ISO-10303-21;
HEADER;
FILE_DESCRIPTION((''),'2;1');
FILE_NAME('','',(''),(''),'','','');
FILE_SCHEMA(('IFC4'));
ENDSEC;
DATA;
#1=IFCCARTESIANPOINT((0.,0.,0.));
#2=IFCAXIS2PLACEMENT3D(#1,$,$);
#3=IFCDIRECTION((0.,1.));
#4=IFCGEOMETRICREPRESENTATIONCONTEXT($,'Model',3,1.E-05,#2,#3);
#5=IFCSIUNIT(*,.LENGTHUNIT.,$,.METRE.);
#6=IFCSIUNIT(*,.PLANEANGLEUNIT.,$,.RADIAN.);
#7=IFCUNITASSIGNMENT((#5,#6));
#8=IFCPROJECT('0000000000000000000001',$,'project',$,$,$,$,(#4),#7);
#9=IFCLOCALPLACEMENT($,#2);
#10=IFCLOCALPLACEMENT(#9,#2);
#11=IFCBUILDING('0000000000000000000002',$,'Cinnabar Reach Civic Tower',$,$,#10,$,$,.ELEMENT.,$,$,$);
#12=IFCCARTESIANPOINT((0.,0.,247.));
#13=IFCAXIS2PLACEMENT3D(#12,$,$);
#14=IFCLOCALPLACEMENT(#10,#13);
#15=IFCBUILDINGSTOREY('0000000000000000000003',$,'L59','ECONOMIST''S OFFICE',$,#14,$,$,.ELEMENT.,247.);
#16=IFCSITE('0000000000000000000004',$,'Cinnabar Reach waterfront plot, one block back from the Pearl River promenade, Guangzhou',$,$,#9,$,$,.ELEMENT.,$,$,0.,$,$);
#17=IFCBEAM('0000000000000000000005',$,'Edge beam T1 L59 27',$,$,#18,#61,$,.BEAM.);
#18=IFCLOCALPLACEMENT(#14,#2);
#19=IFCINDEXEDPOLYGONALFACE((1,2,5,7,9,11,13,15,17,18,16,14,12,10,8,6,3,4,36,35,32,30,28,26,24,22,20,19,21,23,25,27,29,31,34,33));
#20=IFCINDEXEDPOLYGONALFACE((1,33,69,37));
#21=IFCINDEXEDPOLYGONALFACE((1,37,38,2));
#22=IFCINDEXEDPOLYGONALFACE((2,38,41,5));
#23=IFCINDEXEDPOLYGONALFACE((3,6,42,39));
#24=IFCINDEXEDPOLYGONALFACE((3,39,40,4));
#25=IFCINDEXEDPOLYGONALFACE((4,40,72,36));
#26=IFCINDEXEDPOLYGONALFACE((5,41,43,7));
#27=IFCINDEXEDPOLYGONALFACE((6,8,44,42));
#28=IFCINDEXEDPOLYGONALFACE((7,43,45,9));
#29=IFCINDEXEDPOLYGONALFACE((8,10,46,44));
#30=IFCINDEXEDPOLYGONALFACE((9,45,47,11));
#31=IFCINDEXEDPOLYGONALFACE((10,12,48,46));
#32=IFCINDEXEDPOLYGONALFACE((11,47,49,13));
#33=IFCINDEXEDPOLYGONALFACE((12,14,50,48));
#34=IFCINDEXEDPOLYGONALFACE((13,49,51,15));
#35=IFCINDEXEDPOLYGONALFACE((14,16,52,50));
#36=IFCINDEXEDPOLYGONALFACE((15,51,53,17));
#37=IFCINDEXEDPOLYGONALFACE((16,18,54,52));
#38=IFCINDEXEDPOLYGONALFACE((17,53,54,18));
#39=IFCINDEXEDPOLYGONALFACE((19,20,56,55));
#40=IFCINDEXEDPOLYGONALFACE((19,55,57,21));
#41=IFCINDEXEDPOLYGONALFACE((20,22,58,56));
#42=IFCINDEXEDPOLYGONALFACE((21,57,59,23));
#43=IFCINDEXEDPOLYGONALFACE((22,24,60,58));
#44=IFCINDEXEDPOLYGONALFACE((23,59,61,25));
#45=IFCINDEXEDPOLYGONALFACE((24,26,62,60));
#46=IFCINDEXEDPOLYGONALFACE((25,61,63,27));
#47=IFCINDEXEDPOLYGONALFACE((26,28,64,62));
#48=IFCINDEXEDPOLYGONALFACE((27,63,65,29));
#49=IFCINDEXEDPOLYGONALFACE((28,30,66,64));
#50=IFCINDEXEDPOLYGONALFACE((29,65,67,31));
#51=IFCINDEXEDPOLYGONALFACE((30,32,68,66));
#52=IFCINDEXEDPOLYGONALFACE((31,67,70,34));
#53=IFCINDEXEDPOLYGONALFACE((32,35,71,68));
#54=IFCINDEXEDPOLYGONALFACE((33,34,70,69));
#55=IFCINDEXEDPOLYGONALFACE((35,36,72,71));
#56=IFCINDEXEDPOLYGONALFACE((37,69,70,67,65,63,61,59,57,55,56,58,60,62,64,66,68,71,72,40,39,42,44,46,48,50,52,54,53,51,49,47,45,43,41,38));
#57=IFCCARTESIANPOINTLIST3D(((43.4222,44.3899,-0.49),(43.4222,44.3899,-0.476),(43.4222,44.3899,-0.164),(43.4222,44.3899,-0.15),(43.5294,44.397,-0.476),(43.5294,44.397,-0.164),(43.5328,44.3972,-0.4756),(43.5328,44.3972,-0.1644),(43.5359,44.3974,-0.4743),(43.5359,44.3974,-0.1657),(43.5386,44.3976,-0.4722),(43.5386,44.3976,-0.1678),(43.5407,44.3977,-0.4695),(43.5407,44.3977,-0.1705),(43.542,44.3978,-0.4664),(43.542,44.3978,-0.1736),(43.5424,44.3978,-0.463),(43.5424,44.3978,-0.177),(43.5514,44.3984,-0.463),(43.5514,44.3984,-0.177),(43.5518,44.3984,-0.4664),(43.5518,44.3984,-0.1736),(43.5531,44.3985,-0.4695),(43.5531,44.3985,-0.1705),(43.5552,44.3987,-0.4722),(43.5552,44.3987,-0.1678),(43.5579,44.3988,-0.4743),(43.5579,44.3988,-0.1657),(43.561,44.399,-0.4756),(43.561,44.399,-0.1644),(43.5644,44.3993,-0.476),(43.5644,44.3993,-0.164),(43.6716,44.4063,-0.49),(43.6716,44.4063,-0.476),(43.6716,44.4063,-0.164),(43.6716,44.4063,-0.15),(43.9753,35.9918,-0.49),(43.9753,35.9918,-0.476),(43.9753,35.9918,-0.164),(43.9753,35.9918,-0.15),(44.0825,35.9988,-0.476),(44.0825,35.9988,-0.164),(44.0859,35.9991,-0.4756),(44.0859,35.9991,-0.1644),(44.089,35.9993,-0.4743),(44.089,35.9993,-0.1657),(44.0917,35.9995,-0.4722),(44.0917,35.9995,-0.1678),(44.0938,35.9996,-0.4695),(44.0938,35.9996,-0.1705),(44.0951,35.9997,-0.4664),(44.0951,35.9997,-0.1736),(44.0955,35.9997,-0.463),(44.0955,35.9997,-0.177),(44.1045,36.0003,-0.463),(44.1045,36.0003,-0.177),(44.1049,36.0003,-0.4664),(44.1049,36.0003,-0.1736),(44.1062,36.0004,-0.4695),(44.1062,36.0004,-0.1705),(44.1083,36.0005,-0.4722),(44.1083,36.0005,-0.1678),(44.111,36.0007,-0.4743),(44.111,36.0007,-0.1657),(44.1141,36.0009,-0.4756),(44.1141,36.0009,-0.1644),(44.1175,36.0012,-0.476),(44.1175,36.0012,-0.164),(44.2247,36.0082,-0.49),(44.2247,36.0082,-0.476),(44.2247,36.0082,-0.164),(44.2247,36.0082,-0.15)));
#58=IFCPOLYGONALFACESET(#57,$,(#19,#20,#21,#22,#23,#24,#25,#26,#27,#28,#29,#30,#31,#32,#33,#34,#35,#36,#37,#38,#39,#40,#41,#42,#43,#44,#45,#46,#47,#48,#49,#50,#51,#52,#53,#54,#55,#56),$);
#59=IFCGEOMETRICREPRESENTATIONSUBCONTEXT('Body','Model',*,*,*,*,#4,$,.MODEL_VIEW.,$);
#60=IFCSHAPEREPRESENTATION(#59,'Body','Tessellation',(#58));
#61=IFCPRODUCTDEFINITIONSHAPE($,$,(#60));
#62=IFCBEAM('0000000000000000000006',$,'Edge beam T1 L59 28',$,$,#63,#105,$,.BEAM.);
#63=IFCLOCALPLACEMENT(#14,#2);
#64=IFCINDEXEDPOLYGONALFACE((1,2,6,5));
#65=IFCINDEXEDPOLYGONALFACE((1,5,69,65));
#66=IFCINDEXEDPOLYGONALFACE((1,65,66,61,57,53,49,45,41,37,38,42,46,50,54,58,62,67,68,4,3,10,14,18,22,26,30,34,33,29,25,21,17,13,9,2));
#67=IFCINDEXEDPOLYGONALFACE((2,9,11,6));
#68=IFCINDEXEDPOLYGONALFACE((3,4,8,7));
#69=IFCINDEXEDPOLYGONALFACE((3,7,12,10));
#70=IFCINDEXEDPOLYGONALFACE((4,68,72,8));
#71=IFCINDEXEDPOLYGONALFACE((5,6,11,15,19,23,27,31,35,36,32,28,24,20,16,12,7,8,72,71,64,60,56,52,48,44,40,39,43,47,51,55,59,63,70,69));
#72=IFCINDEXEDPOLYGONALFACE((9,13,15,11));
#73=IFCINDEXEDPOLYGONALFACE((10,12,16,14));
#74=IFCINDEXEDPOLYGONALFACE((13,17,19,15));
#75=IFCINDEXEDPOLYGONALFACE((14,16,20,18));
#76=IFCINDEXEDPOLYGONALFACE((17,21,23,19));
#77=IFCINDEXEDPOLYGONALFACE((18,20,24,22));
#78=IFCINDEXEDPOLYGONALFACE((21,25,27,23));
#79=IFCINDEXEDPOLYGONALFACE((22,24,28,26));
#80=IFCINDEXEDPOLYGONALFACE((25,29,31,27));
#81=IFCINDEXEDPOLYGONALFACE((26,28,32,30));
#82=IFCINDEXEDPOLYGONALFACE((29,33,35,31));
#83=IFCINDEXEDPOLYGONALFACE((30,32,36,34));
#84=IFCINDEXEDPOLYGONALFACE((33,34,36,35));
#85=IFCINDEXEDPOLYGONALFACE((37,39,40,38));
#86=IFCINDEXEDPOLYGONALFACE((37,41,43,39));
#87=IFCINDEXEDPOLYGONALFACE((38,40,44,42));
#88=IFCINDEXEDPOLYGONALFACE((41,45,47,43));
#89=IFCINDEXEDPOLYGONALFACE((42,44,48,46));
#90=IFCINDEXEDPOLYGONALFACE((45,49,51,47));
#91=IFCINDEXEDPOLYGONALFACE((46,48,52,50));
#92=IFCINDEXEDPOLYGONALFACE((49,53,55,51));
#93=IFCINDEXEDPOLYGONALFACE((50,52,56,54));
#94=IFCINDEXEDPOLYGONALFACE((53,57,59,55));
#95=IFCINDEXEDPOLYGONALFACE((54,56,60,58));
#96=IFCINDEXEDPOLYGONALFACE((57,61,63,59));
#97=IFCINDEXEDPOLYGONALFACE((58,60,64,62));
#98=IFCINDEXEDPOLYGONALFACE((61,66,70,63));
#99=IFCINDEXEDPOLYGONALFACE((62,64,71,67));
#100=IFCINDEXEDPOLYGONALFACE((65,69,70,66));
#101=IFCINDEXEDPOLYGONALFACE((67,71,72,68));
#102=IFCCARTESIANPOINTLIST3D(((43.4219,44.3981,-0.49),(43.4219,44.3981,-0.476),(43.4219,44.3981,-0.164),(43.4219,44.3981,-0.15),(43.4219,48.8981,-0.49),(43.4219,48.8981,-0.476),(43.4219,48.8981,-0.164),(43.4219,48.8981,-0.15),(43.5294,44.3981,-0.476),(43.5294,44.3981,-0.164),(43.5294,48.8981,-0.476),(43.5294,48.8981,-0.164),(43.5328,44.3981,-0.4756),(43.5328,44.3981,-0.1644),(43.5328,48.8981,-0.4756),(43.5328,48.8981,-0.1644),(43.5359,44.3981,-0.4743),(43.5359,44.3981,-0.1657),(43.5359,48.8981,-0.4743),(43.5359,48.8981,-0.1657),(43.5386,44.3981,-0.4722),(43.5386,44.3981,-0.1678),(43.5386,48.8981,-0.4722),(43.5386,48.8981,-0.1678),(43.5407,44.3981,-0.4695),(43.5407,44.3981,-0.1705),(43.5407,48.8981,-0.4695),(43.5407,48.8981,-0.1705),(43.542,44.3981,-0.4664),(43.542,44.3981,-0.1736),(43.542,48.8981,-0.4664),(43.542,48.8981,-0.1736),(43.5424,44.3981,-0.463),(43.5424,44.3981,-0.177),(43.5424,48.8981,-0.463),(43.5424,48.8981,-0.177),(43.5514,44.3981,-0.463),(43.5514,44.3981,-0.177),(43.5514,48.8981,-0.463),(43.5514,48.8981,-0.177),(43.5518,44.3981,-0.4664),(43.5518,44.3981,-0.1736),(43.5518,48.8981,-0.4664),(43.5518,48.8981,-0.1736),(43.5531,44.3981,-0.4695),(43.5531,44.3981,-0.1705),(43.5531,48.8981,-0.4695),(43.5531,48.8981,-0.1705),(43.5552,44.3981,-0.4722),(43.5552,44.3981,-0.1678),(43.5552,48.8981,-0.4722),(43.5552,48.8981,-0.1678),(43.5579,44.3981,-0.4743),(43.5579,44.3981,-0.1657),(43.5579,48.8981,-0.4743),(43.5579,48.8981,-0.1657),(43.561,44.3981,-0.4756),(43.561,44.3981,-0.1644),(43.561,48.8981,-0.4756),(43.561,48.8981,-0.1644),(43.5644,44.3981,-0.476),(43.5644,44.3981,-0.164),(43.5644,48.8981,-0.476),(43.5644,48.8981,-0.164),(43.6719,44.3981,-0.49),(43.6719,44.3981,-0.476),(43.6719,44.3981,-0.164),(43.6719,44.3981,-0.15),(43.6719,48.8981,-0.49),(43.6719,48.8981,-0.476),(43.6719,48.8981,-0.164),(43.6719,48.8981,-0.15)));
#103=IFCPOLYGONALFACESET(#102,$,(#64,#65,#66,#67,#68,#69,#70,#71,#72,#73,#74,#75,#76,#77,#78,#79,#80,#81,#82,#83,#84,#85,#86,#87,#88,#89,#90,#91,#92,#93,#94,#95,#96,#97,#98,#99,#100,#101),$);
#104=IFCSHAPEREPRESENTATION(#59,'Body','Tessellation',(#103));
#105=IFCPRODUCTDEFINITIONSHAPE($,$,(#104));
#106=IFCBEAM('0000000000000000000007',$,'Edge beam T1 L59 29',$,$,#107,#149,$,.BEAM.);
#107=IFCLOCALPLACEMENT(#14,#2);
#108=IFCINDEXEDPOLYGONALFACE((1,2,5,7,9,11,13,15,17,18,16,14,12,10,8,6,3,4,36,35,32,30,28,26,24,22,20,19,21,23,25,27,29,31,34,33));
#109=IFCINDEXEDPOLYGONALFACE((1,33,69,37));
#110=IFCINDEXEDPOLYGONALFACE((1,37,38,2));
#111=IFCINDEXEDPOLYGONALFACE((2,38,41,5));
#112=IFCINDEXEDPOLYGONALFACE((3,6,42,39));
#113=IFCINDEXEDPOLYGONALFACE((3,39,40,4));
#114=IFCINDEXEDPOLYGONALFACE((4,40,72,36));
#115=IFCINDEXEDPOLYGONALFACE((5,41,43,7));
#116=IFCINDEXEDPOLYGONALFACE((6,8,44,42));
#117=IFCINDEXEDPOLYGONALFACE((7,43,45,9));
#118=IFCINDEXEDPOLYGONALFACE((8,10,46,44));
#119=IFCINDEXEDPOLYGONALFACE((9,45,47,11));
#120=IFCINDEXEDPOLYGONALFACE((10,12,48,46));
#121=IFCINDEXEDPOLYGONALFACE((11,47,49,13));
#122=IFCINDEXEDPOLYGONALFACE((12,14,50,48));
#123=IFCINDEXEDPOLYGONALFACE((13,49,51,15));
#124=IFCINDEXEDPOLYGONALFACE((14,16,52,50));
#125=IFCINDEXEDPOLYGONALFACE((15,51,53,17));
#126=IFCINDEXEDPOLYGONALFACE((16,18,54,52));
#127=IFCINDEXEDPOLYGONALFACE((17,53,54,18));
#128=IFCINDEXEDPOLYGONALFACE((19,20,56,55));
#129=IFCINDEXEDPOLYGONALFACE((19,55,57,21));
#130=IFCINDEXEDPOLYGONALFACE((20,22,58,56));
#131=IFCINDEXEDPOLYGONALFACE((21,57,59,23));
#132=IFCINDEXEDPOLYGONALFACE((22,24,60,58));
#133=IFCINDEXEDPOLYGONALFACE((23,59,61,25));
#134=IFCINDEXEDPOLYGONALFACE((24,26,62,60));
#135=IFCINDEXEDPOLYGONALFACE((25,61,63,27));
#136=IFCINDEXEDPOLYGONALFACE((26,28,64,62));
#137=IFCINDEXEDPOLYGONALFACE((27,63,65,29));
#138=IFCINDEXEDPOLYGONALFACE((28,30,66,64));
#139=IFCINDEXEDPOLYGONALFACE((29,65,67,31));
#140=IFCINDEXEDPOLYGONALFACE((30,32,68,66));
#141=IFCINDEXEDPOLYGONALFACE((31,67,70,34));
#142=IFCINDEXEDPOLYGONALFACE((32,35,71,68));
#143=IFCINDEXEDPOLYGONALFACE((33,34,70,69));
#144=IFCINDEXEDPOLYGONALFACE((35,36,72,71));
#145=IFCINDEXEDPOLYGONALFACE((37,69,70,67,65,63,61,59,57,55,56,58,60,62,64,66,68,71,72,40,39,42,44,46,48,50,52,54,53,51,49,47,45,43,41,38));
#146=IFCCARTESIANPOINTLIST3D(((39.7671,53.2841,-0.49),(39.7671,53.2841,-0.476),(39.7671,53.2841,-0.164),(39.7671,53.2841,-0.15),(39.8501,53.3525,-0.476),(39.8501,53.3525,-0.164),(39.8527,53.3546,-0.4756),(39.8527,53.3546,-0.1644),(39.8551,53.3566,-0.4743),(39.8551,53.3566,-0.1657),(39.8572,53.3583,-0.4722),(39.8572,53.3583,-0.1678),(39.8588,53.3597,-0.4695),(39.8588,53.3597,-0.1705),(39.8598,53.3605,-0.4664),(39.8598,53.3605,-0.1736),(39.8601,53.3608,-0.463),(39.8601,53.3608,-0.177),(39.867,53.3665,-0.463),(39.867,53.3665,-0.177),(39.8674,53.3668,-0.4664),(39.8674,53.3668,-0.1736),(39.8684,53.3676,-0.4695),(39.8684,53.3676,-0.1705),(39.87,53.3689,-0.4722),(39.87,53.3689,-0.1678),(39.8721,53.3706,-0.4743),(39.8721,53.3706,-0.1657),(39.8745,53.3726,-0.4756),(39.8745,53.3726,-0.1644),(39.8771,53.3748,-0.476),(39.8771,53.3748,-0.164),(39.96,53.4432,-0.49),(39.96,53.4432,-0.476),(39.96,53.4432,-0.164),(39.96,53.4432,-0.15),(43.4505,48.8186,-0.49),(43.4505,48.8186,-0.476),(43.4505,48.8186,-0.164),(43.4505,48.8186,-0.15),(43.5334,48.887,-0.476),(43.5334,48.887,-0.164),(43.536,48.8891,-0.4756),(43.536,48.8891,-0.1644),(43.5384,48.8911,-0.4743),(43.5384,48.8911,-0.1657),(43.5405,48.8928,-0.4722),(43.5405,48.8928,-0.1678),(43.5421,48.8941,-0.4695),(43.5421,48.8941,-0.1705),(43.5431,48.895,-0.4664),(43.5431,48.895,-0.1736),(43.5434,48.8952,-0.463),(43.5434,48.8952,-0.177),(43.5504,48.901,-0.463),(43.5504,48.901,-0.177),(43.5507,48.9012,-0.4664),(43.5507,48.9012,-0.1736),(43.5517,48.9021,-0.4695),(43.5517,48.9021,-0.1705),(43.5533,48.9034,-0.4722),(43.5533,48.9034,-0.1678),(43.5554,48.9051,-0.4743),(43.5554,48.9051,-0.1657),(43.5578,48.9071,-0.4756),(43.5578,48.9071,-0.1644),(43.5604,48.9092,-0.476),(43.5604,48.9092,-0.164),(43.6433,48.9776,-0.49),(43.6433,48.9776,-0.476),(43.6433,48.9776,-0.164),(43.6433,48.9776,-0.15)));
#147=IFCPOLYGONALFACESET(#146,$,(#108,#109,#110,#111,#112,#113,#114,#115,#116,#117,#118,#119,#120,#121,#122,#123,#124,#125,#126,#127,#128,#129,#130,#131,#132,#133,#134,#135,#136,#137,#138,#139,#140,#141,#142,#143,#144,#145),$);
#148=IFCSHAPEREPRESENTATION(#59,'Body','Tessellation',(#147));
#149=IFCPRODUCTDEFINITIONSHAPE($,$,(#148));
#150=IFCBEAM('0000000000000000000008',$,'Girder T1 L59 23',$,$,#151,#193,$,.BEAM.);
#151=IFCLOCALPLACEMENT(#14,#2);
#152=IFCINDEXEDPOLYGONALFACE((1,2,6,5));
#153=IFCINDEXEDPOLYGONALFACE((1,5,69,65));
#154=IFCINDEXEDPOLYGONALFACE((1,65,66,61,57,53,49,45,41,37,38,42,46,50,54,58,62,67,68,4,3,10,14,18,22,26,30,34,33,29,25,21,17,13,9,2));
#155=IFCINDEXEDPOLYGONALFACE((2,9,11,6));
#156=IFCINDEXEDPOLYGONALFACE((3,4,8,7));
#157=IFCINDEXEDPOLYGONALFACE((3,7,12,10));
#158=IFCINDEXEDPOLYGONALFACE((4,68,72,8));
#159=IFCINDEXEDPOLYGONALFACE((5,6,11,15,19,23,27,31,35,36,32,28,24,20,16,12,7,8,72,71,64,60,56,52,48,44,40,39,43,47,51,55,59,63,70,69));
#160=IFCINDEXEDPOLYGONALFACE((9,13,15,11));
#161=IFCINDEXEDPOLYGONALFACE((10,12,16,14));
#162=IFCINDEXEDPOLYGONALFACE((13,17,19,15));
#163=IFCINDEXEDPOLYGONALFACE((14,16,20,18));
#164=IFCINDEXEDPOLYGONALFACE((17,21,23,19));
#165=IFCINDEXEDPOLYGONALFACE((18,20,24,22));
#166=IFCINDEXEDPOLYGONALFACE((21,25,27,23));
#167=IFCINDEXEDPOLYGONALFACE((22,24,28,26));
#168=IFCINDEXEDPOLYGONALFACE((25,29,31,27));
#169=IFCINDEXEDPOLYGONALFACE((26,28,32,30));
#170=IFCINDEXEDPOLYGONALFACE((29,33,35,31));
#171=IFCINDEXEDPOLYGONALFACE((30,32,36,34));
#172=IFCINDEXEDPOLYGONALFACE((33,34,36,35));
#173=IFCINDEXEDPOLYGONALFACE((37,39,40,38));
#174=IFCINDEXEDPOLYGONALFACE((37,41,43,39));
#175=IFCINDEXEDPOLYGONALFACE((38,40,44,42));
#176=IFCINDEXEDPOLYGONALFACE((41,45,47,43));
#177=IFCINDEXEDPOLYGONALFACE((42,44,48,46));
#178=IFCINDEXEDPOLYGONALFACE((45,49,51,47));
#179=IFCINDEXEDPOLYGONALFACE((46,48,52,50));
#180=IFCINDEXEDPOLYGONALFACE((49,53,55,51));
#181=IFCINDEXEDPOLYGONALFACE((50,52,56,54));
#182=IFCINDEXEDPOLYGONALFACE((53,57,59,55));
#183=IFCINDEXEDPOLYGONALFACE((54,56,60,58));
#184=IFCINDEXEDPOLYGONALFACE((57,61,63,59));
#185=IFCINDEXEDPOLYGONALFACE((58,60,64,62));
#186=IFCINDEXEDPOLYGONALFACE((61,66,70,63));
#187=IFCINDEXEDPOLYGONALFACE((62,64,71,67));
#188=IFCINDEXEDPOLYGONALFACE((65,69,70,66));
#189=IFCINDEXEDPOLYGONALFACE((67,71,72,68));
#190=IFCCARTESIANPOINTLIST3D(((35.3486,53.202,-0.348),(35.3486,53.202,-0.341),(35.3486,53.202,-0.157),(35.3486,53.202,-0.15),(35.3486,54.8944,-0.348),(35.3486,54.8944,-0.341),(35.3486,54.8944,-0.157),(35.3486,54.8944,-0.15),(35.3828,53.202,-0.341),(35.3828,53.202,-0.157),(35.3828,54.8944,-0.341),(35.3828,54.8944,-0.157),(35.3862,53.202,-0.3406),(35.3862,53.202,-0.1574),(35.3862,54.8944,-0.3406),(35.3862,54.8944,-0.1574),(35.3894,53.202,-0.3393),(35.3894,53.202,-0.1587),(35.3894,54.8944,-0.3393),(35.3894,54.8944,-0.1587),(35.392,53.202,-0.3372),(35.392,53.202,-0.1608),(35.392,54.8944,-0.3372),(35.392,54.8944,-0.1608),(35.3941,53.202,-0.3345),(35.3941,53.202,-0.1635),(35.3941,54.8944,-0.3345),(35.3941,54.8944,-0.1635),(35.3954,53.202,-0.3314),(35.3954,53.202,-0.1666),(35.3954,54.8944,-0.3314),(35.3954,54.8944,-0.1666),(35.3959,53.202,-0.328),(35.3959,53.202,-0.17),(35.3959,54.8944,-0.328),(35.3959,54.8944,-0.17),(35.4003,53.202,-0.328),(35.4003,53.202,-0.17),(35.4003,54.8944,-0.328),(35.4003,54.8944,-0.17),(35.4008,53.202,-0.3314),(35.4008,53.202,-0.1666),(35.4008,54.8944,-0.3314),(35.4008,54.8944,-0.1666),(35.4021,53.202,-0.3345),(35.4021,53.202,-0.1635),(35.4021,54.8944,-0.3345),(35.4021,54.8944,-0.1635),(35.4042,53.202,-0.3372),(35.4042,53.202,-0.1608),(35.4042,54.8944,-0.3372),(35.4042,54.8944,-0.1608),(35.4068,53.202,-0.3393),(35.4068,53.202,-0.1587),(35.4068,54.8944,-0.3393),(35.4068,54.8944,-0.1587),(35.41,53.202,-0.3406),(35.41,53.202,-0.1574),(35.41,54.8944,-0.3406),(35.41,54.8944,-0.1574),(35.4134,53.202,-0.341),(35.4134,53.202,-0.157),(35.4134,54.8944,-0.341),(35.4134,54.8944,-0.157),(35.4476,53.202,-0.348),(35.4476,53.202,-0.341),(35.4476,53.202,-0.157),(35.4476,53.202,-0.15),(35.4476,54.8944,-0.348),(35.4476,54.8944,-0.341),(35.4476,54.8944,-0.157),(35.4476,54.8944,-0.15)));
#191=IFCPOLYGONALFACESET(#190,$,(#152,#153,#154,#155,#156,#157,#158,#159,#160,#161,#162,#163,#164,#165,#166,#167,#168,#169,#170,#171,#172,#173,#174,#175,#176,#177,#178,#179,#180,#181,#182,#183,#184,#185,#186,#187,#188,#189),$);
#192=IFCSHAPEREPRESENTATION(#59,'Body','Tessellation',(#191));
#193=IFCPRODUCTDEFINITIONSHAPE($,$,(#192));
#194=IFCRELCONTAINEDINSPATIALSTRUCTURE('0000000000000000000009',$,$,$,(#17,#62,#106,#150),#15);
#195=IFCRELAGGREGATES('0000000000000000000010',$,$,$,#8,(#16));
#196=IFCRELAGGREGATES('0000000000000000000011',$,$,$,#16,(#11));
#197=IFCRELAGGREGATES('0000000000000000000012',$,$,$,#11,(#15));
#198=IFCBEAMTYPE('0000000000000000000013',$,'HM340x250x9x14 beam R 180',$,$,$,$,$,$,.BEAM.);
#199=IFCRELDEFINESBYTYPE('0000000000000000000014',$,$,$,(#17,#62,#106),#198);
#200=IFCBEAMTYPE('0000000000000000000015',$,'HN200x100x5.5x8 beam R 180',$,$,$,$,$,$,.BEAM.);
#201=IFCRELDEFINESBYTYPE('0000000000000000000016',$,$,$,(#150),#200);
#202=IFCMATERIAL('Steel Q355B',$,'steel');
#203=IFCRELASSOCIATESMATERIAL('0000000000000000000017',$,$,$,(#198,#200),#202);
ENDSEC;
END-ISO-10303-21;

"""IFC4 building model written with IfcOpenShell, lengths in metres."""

from ifc_helpers import new_model, si_unit, direction, frame, origin, origin_2d, place, context, subcontext, project, spatial, i_section, extrude, material, material_profile, profile_set, type_object, element, save


model = new_model("IFC4")

# Units and contexts
model_context = context("Model", 3, precision=1e-05, world=origin(), true_north=direction((0.0, 1.0)))
body_context = subcontext(model_context, "Body", "Model", "MODEL_VIEW")
ifc_project = project(units=[si_unit("LENGTHUNIT", "METRE"), si_unit("PLANEANGLEUNIT", "RADIAN")], contexts=[model_context])

# Site, building, storey
site_placement = place(None, origin())
site = spatial("IfcSite", under=ifc_project, at=site_placement, Name="Cinnabar Reach waterfront plot, one block back from the Pearl River promenade, Guangzhou", CompositionType="ELEMENT", RefElevation=0.0)
building_placement = place(site_placement, origin())
building = spatial("IfcBuilding", under=site, at=building_placement, Name="Cinnabar Reach Civic Tower", CompositionType="ELEMENT")
storey_placement = place(building_placement, frame((0.0, 0.0, 247.0)))
storey = spatial("IfcBuildingStorey", under=building, at=storey_placement, Name="L59", Description="ECONOMIST'S OFFICE", CompositionType="ELEMENT", Elevation=247.0)

# Beams
ifc_material_1 = material(Name="Steel Q355B", Category="steel")
ifc_material_profile_1 = material_profile(ifc_material_1, i_section(OverallWidth=0.25, OverallDepth=0.34, WebThickness=0.009, FlangeThickness=0.014, FilletRadius=0.013, at=origin_2d()), Name="HM340x250x9x14")
ifc_profile_set_1 = profile_set([ifc_material_profile_1], Name="Steel Q355B")
beam_type_1 = type_object("IfcBeamType", Name="HM340x250x9x14 beam R 180", PredefinedType="BEAM", material=ifc_profile_set_1)
beam_1_placement = place(storey_placement, frame((44.1, 36.0, -0.32), z_axis=(-0.065718, 0.997838, 0.0), x_axis=(-0.997838, -0.065718, 0.0)))
element("IfcBeam", 1, at=beam_1_placement, inside=storey, type_object=beam_type_1, Name="Edge beam T1 L59 27", PredefinedType="BEAM", context=body_context, shape_type="SweptSolid", body=[
    extrude(i_section(OverallWidth=0.25, OverallDepth=0.34, WebThickness=0.009, FlangeThickness=0.014, FilletRadius=0.013, at=origin_2d()), origin(), (0.0, 0.0, 1.0), 8.4163),
])
beam_2_placement = place(storey_placement, frame((43.5469, 44.3981, -0.32), z_axis=(0.0, 1.0, 0.0), x_axis=(-1.0, 0.0, 0.0)))
element("IfcBeam", 2, at=beam_2_placement, inside=storey, type_object=beam_type_1, Name="Edge beam T1 L59 28", PredefinedType="BEAM", context=body_context, shape_type="SweptSolid", body=[
    extrude(i_section(OverallWidth=0.25, OverallDepth=0.34, WebThickness=0.009, FlangeThickness=0.014, FilletRadius=0.013, at=origin_2d()), origin(), (0.0, 0.0, 1.0), 4.5),
])
beam_3_placement = place(storey_placement, frame((43.5469, 48.8981, -0.32), z_axis=(-0.636307, 0.771436, 0.0), x_axis=(-0.771436, -0.636307, 0.0)))
element("IfcBeam", 3, at=beam_3_placement, inside=storey, type_object=beam_type_1, Name="Edge beam T1 L59 29", PredefinedType="BEAM", context=body_context, shape_type="SweptSolid", body=[
    extrude(i_section(OverallWidth=0.25, OverallDepth=0.34, WebThickness=0.009, FlangeThickness=0.014, FilletRadius=0.013, at=origin_2d()), origin(), (0.0, 0.0, 1.0), 5.7886),
])
ifc_material_profile_2 = material_profile(ifc_material_1, i_section(OverallWidth=0.099, OverallDepth=0.198, WebThickness=0.0045, FlangeThickness=0.007, FilletRadius=0.013, at=origin_2d()), Name="HN200x100x5.5x8")
ifc_profile_set_2 = profile_set([ifc_material_profile_2], Name="Steel Q355B")
beam_type_2 = type_object("IfcBeamType", Name="HN200x100x5.5x8 beam R 180", PredefinedType="BEAM", material=ifc_profile_set_2)
beam_4_placement = place(storey_placement, frame((35.3981, 53.202, -0.249), z_axis=(0.0, 1.0, 0.0), x_axis=(-1.0, 0.0, 0.0)))
element("IfcBeam", 4, at=beam_4_placement, inside=storey, type_object=beam_type_2, Name="Girder T1 L59 23", PredefinedType="BEAM", context=body_context, shape_type="SweptSolid", body=[
    extrude(i_section(OverallWidth=0.099, OverallDepth=0.198, WebThickness=0.0045, FlangeThickness=0.007, FilletRadius=0.013, at=origin_2d()), origin(), (0.0, 0.0, 1.0), 1.6924),
])

save(model, "model.ifc")
